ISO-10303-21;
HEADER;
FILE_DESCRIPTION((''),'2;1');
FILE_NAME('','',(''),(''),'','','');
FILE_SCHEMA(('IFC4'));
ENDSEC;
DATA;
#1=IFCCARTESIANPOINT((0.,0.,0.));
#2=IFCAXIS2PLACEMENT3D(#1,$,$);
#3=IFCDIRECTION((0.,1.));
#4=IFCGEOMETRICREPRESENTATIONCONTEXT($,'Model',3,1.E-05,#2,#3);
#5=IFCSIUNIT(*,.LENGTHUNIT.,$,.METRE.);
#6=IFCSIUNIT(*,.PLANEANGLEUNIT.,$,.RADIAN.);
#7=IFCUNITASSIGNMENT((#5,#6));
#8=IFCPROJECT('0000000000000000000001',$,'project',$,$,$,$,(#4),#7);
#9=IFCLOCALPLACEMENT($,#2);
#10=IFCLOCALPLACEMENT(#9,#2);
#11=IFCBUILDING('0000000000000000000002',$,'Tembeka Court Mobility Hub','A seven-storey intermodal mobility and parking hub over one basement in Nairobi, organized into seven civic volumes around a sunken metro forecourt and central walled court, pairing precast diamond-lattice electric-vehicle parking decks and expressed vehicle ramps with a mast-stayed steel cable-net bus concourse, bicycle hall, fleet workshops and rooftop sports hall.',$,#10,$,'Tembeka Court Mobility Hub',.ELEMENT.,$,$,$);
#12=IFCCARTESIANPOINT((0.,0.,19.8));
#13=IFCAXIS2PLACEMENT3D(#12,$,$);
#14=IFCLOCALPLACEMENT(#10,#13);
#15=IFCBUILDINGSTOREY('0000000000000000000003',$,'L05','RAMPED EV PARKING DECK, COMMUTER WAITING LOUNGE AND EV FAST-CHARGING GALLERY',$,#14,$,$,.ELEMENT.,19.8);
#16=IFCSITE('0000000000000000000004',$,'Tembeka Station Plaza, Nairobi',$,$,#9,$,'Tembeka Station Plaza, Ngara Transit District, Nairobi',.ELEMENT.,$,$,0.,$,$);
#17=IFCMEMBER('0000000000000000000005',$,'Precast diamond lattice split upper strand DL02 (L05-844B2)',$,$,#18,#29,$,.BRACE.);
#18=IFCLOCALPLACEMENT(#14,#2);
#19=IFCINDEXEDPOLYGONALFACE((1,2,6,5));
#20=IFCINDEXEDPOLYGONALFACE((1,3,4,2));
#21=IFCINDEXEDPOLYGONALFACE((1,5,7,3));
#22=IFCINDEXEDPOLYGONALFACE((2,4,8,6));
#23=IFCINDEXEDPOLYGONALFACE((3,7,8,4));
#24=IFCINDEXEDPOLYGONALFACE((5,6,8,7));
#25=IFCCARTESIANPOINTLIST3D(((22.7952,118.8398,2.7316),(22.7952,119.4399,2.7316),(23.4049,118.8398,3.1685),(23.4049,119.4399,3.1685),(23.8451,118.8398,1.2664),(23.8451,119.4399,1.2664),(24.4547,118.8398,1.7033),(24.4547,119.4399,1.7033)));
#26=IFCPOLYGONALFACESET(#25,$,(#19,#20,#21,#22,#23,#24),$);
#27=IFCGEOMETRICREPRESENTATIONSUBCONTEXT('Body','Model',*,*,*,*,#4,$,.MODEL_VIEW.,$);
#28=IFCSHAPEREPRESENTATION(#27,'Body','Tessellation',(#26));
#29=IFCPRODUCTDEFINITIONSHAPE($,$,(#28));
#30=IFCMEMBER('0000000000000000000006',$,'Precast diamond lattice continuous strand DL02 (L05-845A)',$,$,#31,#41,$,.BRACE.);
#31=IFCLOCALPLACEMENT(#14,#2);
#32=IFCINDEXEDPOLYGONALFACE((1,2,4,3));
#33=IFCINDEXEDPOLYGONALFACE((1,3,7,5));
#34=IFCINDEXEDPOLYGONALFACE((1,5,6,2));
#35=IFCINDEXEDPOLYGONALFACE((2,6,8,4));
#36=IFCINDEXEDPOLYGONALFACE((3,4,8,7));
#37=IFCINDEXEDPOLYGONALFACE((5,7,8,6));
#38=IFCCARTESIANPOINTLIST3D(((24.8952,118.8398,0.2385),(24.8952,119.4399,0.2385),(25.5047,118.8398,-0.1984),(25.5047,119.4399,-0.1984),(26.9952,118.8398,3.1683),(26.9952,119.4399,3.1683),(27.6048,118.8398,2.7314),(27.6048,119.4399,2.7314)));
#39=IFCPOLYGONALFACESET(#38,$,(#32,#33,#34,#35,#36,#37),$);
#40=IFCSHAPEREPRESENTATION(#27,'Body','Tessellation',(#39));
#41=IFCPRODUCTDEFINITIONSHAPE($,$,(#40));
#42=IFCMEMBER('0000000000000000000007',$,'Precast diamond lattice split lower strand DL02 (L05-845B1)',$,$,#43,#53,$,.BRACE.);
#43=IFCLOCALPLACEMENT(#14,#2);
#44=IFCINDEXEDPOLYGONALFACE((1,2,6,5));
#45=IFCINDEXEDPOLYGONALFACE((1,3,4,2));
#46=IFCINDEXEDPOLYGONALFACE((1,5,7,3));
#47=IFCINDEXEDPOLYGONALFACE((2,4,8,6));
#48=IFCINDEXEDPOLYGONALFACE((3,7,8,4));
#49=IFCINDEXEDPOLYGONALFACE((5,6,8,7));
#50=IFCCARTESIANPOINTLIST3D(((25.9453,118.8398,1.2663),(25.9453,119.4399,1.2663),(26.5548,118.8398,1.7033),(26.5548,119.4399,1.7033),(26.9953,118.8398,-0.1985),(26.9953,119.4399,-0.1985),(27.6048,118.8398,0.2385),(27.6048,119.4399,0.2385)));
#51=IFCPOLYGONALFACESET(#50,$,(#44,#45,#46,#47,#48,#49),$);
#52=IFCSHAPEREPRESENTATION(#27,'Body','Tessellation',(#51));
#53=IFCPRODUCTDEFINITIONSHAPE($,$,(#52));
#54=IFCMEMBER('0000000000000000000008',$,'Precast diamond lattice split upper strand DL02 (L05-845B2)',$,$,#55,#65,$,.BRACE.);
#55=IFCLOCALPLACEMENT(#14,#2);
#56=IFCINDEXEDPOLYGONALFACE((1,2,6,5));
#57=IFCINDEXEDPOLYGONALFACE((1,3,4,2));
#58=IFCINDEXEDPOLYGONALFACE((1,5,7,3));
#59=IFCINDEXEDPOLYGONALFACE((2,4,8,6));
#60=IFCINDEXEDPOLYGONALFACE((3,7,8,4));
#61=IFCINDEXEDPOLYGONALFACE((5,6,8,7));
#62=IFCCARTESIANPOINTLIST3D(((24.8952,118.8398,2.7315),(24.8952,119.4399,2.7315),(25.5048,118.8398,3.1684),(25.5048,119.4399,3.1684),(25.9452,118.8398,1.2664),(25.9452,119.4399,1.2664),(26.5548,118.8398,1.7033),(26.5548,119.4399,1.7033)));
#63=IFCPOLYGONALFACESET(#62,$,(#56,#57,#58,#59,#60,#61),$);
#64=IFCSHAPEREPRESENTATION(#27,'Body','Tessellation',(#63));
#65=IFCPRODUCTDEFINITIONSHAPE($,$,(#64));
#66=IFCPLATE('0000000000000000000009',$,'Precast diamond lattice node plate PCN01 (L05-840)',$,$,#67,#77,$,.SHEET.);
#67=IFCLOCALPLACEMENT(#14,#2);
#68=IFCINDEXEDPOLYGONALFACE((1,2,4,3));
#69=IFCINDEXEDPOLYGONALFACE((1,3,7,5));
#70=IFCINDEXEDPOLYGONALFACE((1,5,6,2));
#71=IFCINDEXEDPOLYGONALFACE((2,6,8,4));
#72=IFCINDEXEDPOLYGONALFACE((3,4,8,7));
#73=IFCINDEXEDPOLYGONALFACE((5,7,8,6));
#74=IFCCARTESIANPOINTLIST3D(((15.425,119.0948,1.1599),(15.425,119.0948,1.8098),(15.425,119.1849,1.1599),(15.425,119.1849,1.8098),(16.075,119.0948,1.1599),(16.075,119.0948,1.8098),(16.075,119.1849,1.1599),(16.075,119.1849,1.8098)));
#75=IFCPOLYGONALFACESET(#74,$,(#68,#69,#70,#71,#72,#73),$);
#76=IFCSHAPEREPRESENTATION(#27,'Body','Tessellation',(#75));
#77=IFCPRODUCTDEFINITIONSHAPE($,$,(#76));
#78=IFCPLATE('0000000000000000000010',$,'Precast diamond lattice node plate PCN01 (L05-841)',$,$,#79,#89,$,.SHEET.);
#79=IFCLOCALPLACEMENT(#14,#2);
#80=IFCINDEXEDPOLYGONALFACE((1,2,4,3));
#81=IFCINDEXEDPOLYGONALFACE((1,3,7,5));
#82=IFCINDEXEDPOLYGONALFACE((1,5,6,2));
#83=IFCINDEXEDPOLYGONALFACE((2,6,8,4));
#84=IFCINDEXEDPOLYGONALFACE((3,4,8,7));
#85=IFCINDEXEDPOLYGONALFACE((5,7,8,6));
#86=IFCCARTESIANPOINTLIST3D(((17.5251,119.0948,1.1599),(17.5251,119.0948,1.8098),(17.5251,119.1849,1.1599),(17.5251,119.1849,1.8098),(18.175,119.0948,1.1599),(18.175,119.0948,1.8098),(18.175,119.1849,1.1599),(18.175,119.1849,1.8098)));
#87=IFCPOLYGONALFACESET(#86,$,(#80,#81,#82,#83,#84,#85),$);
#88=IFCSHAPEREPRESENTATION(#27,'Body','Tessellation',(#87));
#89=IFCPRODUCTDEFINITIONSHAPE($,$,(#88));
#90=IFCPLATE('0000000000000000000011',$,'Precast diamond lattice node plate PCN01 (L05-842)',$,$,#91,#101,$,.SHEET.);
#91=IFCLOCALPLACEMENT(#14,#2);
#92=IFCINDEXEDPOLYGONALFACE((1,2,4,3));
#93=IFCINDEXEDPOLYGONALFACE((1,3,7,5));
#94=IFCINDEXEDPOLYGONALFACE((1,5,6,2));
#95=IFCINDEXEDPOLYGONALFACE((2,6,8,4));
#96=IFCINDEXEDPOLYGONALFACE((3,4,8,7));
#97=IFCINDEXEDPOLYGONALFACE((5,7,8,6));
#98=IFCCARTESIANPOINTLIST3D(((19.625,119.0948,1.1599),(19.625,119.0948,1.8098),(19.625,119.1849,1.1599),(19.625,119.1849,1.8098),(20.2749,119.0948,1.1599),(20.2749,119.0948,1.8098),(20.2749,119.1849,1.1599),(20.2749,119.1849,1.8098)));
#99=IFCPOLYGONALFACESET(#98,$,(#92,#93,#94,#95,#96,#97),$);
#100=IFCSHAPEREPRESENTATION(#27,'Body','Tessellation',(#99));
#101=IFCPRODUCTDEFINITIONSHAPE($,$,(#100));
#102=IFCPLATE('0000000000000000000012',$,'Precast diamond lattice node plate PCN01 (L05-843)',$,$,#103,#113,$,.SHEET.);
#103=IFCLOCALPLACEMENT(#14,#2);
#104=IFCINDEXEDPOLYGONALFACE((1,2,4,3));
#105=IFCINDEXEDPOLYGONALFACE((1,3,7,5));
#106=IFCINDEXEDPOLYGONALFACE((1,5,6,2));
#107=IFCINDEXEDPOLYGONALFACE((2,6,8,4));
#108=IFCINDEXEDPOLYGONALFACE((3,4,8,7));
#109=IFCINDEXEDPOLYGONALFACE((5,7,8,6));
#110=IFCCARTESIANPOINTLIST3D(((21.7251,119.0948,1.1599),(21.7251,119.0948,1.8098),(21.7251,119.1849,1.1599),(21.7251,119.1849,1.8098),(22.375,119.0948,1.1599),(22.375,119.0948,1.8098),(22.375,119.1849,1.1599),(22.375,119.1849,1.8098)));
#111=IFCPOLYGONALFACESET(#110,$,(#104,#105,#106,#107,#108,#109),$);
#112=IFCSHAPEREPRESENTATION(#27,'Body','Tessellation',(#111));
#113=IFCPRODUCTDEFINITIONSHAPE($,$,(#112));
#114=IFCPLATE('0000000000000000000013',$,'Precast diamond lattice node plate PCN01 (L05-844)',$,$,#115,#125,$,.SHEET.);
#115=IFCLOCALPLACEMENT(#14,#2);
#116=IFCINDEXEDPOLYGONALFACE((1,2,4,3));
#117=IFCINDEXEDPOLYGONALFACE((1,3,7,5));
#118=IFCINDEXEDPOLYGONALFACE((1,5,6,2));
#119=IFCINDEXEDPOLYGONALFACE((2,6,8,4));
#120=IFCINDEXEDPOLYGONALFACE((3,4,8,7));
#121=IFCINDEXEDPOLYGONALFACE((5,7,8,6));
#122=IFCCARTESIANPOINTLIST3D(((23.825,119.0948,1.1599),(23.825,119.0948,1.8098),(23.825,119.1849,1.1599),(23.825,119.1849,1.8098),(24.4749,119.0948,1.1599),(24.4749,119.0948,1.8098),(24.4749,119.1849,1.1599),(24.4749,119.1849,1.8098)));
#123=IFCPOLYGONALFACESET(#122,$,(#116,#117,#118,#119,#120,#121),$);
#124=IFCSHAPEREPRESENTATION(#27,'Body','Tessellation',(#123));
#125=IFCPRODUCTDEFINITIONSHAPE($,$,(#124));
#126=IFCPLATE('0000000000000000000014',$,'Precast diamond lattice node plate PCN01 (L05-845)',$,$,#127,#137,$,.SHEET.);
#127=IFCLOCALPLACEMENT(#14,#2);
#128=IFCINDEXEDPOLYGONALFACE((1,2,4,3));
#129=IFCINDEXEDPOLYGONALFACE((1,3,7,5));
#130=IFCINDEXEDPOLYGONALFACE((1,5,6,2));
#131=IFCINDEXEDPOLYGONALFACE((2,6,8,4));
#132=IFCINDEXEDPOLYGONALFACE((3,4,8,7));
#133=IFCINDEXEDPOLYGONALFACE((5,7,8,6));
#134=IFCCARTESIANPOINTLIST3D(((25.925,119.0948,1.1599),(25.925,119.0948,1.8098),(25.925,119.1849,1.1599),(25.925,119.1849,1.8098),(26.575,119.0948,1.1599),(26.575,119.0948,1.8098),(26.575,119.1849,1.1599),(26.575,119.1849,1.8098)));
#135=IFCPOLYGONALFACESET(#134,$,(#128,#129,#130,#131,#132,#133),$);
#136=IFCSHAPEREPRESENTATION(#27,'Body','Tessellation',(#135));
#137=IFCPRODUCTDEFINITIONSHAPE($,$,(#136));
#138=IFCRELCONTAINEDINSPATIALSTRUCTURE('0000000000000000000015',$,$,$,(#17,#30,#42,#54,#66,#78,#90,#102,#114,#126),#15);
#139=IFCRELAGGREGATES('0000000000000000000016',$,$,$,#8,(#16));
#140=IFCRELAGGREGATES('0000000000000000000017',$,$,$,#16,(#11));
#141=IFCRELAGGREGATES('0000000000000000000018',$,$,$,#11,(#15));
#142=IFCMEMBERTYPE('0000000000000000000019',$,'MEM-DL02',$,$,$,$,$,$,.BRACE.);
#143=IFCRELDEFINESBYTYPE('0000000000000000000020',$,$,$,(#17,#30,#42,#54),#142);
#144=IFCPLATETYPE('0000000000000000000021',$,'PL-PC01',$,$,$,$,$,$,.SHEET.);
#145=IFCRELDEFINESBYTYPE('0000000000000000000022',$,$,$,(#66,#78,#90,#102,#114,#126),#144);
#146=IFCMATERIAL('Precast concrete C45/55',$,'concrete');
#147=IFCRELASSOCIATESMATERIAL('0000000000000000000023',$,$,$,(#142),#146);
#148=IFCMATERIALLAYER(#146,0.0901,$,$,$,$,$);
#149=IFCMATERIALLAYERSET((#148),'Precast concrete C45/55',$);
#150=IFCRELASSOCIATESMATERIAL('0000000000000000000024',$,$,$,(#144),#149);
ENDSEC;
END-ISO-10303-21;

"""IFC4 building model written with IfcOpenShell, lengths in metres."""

from ifc_helpers import new_model, si_unit, direction, frame, origin, origin_2d, place, context, subcontext, project, spatial, rectangle, extrude, material, layer, layer_set, material_profile, profile_set, type_object, element, save


model = new_model("IFC4")

# Units and contexts
model_context = context("Model", 3, precision=1e-05, world=origin(), true_north=direction((0.0, 1.0)))
body_context = subcontext(model_context, "Body", "Model", "MODEL_VIEW")
ifc_project = project(units=[si_unit("LENGTHUNIT", "METRE"), si_unit("PLANEANGLEUNIT", "RADIAN")], contexts=[model_context])

# Site, building, storey
site_placement = place(None, origin())
site = spatial("IfcSite", under=ifc_project, at=site_placement, Name="Tembeka Station Plaza, Nairobi", LongName="Tembeka Station Plaza, Ngara Transit District, Nairobi", CompositionType="ELEMENT", RefElevation=0.0)
building_placement = place(site_placement, origin())
building = spatial("IfcBuilding", under=site, at=building_placement, Name="Tembeka Court Mobility Hub", Description="A seven-storey intermodal mobility and parking hub over one basement in Nairobi, organized into seven civic volumes around a sunken metro forecourt and central walled court, pairing precast diamond-lattice electric-vehicle parking decks and expressed vehicle ramps with a mast-stayed steel cable-net bus concourse, bicycle hall, fleet workshops and rooftop sports hall.", LongName="Tembeka Court Mobility Hub", CompositionType="ELEMENT")
storey_placement = place(building_placement, frame((0.0, 0.0, 19.8)))
storey = spatial("IfcBuildingStorey", under=building, at=storey_placement, Name="L05", Description="RAMPED EV PARKING DECK, COMMUTER WAITING LOUNGE AND EV FAST-CHARGING GALLERY", CompositionType="ELEMENT", Elevation=19.8)

# Members
ifc_material = material(Name="Precast concrete C45/55", Category="concrete")
ifc_material_profile_1 = material_profile(ifc_material, rectangle(XDim=0.6001, YDim=0.75, at=origin_2d()), Name="PC-DIAG 600x750")
ifc_profile_set_1 = profile_set([ifc_material_profile_1], Name="Precast concrete C45/55")
member_type_1 = type_object("IfcMemberType", Name="MEM-DL02", PredefinedType="BRACE", material=ifc_profile_set_1)
member_1_placement = place(storey_placement, frame((24.1499, 119.1399, 1.4849), z_axis=(-0.582455, 0.0, 0.812863), x_axis=(0.0, -1.0, 0.0)))
element("IfcMember", 1, at=member_1_placement, inside=storey, type_object=member_type_1, Name="Precast diamond lattice split upper strand DL02 (L05-844B2)", PredefinedType="BRACE", context=body_context, shape_type="SweptSolid", body=[
    extrude(rectangle(XDim=0.6001, YDim=0.75, at=origin_2d()), origin(), (0.0, 0.0, 1.0), 1.8025),
])
member_2_placement = place(storey_placement, frame((25.2, 119.1399, 0.02), z_axis=(0.582576, 0.0, 0.812776), x_axis=(0.0, 1.0, 0.0)))
element("IfcMember", 2, at=member_2_placement, inside=storey, type_object=member_type_1, Name="Precast diamond lattice continuous strand DL02 (L05-845A)", PredefinedType="BRACE", context=body_context, shape_type="SweptSolid", body=[
    extrude(rectangle(XDim=0.6001, YDim=0.75, at=origin_2d()), origin(), (0.0, 0.0, 1.0), 3.6047),
])
member_3_placement = place(storey_placement, frame((27.3, 119.1399, 0.02), z_axis=(-0.582608, 0.0, 0.812753), x_axis=(0.0, -1.0, 0.0)))
element("IfcMember", 3, at=member_3_placement, inside=storey, type_object=member_type_1, Name="Precast diamond lattice split lower strand DL02 (L05-845B1)", PredefinedType="BRACE", context=body_context, shape_type="SweptSolid", body=[
    extrude(rectangle(XDim=0.6001, YDim=0.75, at=origin_2d()), origin(), (0.0, 0.0, 1.0), 1.8022),
])
member_4_placement = place(storey_placement, frame((26.25, 119.1399, 1.4849), z_axis=(-0.582544, 0.0, 0.812799), x_axis=(0.0, -1.0, 0.0)))
element("IfcMember", 4, at=member_4_placement, inside=storey, type_object=member_type_1, Name="Precast diamond lattice split upper strand DL02 (L05-845B2)", PredefinedType="BRACE", context=body_context, shape_type="SweptSolid", body=[
    extrude(rectangle(XDim=0.6001, YDim=0.75, at=origin_2d()), origin(), (0.0, 0.0, 1.0), 1.8025),
])

# Plates
ifc_layer = layer(ifc_material, 0.0901)
ifc_layer_set = layer_set([ifc_layer], Name="Precast concrete C45/55")
plate_type = type_object("IfcPlateType", Name="PL-PC01", PredefinedType="SHEET", material=ifc_layer_set)
for number, where, z_axis, x_axis, name in (
    (5, (15.75, 119.1399, 1.1599), (0.0, 0.0, 1.0), (1.0, 0.0, 0.0), "Precast diamond lattice node plate PCN01 (L05-840)"),
    (6, (17.8501, 119.1399, 1.1599), (0.0, 0.0, 1.0), (1.0, 0.0, 0.0), "Precast diamond lattice node plate PCN01 (L05-841)"),
    (7, (19.95, 119.1399, 1.1599), (0.0, 0.0, 1.0), (1.0, 0.0, 0.0), "Precast diamond lattice node plate PCN01 (L05-842)"),
    (8, (22.05, 119.1399, 1.1599), (0.0, 0.0, 1.0), (1.0, 0.0, 0.0), "Precast diamond lattice node plate PCN01 (L05-843)"),
    (9, (24.1499, 119.1399, 1.1599), (0.0, 0.0, 1.0), (1.0, 0.0, 0.0), "Precast diamond lattice node plate PCN01 (L05-844)"),
    (10, (26.25, 119.1399, 1.1599), (0.0, 0.0, 1.0), (1.0, 0.0, 0.0), "Precast diamond lattice node plate PCN01 (L05-845)"),
):
    element("IfcPlate", number, at=place(storey_placement, frame(where, z_axis=z_axis, x_axis=x_axis)), inside=storey, type_object=plate_type, Name=name, PredefinedType="SHEET", context=body_context, shape_type="SweptSolid", body=[
        extrude(rectangle(XDim=0.6499, YDim=0.0901, at=origin_2d()), origin(), (0.0, 0.0, 1.0), 0.6499),
    ])

save(model, "model.ifc")
